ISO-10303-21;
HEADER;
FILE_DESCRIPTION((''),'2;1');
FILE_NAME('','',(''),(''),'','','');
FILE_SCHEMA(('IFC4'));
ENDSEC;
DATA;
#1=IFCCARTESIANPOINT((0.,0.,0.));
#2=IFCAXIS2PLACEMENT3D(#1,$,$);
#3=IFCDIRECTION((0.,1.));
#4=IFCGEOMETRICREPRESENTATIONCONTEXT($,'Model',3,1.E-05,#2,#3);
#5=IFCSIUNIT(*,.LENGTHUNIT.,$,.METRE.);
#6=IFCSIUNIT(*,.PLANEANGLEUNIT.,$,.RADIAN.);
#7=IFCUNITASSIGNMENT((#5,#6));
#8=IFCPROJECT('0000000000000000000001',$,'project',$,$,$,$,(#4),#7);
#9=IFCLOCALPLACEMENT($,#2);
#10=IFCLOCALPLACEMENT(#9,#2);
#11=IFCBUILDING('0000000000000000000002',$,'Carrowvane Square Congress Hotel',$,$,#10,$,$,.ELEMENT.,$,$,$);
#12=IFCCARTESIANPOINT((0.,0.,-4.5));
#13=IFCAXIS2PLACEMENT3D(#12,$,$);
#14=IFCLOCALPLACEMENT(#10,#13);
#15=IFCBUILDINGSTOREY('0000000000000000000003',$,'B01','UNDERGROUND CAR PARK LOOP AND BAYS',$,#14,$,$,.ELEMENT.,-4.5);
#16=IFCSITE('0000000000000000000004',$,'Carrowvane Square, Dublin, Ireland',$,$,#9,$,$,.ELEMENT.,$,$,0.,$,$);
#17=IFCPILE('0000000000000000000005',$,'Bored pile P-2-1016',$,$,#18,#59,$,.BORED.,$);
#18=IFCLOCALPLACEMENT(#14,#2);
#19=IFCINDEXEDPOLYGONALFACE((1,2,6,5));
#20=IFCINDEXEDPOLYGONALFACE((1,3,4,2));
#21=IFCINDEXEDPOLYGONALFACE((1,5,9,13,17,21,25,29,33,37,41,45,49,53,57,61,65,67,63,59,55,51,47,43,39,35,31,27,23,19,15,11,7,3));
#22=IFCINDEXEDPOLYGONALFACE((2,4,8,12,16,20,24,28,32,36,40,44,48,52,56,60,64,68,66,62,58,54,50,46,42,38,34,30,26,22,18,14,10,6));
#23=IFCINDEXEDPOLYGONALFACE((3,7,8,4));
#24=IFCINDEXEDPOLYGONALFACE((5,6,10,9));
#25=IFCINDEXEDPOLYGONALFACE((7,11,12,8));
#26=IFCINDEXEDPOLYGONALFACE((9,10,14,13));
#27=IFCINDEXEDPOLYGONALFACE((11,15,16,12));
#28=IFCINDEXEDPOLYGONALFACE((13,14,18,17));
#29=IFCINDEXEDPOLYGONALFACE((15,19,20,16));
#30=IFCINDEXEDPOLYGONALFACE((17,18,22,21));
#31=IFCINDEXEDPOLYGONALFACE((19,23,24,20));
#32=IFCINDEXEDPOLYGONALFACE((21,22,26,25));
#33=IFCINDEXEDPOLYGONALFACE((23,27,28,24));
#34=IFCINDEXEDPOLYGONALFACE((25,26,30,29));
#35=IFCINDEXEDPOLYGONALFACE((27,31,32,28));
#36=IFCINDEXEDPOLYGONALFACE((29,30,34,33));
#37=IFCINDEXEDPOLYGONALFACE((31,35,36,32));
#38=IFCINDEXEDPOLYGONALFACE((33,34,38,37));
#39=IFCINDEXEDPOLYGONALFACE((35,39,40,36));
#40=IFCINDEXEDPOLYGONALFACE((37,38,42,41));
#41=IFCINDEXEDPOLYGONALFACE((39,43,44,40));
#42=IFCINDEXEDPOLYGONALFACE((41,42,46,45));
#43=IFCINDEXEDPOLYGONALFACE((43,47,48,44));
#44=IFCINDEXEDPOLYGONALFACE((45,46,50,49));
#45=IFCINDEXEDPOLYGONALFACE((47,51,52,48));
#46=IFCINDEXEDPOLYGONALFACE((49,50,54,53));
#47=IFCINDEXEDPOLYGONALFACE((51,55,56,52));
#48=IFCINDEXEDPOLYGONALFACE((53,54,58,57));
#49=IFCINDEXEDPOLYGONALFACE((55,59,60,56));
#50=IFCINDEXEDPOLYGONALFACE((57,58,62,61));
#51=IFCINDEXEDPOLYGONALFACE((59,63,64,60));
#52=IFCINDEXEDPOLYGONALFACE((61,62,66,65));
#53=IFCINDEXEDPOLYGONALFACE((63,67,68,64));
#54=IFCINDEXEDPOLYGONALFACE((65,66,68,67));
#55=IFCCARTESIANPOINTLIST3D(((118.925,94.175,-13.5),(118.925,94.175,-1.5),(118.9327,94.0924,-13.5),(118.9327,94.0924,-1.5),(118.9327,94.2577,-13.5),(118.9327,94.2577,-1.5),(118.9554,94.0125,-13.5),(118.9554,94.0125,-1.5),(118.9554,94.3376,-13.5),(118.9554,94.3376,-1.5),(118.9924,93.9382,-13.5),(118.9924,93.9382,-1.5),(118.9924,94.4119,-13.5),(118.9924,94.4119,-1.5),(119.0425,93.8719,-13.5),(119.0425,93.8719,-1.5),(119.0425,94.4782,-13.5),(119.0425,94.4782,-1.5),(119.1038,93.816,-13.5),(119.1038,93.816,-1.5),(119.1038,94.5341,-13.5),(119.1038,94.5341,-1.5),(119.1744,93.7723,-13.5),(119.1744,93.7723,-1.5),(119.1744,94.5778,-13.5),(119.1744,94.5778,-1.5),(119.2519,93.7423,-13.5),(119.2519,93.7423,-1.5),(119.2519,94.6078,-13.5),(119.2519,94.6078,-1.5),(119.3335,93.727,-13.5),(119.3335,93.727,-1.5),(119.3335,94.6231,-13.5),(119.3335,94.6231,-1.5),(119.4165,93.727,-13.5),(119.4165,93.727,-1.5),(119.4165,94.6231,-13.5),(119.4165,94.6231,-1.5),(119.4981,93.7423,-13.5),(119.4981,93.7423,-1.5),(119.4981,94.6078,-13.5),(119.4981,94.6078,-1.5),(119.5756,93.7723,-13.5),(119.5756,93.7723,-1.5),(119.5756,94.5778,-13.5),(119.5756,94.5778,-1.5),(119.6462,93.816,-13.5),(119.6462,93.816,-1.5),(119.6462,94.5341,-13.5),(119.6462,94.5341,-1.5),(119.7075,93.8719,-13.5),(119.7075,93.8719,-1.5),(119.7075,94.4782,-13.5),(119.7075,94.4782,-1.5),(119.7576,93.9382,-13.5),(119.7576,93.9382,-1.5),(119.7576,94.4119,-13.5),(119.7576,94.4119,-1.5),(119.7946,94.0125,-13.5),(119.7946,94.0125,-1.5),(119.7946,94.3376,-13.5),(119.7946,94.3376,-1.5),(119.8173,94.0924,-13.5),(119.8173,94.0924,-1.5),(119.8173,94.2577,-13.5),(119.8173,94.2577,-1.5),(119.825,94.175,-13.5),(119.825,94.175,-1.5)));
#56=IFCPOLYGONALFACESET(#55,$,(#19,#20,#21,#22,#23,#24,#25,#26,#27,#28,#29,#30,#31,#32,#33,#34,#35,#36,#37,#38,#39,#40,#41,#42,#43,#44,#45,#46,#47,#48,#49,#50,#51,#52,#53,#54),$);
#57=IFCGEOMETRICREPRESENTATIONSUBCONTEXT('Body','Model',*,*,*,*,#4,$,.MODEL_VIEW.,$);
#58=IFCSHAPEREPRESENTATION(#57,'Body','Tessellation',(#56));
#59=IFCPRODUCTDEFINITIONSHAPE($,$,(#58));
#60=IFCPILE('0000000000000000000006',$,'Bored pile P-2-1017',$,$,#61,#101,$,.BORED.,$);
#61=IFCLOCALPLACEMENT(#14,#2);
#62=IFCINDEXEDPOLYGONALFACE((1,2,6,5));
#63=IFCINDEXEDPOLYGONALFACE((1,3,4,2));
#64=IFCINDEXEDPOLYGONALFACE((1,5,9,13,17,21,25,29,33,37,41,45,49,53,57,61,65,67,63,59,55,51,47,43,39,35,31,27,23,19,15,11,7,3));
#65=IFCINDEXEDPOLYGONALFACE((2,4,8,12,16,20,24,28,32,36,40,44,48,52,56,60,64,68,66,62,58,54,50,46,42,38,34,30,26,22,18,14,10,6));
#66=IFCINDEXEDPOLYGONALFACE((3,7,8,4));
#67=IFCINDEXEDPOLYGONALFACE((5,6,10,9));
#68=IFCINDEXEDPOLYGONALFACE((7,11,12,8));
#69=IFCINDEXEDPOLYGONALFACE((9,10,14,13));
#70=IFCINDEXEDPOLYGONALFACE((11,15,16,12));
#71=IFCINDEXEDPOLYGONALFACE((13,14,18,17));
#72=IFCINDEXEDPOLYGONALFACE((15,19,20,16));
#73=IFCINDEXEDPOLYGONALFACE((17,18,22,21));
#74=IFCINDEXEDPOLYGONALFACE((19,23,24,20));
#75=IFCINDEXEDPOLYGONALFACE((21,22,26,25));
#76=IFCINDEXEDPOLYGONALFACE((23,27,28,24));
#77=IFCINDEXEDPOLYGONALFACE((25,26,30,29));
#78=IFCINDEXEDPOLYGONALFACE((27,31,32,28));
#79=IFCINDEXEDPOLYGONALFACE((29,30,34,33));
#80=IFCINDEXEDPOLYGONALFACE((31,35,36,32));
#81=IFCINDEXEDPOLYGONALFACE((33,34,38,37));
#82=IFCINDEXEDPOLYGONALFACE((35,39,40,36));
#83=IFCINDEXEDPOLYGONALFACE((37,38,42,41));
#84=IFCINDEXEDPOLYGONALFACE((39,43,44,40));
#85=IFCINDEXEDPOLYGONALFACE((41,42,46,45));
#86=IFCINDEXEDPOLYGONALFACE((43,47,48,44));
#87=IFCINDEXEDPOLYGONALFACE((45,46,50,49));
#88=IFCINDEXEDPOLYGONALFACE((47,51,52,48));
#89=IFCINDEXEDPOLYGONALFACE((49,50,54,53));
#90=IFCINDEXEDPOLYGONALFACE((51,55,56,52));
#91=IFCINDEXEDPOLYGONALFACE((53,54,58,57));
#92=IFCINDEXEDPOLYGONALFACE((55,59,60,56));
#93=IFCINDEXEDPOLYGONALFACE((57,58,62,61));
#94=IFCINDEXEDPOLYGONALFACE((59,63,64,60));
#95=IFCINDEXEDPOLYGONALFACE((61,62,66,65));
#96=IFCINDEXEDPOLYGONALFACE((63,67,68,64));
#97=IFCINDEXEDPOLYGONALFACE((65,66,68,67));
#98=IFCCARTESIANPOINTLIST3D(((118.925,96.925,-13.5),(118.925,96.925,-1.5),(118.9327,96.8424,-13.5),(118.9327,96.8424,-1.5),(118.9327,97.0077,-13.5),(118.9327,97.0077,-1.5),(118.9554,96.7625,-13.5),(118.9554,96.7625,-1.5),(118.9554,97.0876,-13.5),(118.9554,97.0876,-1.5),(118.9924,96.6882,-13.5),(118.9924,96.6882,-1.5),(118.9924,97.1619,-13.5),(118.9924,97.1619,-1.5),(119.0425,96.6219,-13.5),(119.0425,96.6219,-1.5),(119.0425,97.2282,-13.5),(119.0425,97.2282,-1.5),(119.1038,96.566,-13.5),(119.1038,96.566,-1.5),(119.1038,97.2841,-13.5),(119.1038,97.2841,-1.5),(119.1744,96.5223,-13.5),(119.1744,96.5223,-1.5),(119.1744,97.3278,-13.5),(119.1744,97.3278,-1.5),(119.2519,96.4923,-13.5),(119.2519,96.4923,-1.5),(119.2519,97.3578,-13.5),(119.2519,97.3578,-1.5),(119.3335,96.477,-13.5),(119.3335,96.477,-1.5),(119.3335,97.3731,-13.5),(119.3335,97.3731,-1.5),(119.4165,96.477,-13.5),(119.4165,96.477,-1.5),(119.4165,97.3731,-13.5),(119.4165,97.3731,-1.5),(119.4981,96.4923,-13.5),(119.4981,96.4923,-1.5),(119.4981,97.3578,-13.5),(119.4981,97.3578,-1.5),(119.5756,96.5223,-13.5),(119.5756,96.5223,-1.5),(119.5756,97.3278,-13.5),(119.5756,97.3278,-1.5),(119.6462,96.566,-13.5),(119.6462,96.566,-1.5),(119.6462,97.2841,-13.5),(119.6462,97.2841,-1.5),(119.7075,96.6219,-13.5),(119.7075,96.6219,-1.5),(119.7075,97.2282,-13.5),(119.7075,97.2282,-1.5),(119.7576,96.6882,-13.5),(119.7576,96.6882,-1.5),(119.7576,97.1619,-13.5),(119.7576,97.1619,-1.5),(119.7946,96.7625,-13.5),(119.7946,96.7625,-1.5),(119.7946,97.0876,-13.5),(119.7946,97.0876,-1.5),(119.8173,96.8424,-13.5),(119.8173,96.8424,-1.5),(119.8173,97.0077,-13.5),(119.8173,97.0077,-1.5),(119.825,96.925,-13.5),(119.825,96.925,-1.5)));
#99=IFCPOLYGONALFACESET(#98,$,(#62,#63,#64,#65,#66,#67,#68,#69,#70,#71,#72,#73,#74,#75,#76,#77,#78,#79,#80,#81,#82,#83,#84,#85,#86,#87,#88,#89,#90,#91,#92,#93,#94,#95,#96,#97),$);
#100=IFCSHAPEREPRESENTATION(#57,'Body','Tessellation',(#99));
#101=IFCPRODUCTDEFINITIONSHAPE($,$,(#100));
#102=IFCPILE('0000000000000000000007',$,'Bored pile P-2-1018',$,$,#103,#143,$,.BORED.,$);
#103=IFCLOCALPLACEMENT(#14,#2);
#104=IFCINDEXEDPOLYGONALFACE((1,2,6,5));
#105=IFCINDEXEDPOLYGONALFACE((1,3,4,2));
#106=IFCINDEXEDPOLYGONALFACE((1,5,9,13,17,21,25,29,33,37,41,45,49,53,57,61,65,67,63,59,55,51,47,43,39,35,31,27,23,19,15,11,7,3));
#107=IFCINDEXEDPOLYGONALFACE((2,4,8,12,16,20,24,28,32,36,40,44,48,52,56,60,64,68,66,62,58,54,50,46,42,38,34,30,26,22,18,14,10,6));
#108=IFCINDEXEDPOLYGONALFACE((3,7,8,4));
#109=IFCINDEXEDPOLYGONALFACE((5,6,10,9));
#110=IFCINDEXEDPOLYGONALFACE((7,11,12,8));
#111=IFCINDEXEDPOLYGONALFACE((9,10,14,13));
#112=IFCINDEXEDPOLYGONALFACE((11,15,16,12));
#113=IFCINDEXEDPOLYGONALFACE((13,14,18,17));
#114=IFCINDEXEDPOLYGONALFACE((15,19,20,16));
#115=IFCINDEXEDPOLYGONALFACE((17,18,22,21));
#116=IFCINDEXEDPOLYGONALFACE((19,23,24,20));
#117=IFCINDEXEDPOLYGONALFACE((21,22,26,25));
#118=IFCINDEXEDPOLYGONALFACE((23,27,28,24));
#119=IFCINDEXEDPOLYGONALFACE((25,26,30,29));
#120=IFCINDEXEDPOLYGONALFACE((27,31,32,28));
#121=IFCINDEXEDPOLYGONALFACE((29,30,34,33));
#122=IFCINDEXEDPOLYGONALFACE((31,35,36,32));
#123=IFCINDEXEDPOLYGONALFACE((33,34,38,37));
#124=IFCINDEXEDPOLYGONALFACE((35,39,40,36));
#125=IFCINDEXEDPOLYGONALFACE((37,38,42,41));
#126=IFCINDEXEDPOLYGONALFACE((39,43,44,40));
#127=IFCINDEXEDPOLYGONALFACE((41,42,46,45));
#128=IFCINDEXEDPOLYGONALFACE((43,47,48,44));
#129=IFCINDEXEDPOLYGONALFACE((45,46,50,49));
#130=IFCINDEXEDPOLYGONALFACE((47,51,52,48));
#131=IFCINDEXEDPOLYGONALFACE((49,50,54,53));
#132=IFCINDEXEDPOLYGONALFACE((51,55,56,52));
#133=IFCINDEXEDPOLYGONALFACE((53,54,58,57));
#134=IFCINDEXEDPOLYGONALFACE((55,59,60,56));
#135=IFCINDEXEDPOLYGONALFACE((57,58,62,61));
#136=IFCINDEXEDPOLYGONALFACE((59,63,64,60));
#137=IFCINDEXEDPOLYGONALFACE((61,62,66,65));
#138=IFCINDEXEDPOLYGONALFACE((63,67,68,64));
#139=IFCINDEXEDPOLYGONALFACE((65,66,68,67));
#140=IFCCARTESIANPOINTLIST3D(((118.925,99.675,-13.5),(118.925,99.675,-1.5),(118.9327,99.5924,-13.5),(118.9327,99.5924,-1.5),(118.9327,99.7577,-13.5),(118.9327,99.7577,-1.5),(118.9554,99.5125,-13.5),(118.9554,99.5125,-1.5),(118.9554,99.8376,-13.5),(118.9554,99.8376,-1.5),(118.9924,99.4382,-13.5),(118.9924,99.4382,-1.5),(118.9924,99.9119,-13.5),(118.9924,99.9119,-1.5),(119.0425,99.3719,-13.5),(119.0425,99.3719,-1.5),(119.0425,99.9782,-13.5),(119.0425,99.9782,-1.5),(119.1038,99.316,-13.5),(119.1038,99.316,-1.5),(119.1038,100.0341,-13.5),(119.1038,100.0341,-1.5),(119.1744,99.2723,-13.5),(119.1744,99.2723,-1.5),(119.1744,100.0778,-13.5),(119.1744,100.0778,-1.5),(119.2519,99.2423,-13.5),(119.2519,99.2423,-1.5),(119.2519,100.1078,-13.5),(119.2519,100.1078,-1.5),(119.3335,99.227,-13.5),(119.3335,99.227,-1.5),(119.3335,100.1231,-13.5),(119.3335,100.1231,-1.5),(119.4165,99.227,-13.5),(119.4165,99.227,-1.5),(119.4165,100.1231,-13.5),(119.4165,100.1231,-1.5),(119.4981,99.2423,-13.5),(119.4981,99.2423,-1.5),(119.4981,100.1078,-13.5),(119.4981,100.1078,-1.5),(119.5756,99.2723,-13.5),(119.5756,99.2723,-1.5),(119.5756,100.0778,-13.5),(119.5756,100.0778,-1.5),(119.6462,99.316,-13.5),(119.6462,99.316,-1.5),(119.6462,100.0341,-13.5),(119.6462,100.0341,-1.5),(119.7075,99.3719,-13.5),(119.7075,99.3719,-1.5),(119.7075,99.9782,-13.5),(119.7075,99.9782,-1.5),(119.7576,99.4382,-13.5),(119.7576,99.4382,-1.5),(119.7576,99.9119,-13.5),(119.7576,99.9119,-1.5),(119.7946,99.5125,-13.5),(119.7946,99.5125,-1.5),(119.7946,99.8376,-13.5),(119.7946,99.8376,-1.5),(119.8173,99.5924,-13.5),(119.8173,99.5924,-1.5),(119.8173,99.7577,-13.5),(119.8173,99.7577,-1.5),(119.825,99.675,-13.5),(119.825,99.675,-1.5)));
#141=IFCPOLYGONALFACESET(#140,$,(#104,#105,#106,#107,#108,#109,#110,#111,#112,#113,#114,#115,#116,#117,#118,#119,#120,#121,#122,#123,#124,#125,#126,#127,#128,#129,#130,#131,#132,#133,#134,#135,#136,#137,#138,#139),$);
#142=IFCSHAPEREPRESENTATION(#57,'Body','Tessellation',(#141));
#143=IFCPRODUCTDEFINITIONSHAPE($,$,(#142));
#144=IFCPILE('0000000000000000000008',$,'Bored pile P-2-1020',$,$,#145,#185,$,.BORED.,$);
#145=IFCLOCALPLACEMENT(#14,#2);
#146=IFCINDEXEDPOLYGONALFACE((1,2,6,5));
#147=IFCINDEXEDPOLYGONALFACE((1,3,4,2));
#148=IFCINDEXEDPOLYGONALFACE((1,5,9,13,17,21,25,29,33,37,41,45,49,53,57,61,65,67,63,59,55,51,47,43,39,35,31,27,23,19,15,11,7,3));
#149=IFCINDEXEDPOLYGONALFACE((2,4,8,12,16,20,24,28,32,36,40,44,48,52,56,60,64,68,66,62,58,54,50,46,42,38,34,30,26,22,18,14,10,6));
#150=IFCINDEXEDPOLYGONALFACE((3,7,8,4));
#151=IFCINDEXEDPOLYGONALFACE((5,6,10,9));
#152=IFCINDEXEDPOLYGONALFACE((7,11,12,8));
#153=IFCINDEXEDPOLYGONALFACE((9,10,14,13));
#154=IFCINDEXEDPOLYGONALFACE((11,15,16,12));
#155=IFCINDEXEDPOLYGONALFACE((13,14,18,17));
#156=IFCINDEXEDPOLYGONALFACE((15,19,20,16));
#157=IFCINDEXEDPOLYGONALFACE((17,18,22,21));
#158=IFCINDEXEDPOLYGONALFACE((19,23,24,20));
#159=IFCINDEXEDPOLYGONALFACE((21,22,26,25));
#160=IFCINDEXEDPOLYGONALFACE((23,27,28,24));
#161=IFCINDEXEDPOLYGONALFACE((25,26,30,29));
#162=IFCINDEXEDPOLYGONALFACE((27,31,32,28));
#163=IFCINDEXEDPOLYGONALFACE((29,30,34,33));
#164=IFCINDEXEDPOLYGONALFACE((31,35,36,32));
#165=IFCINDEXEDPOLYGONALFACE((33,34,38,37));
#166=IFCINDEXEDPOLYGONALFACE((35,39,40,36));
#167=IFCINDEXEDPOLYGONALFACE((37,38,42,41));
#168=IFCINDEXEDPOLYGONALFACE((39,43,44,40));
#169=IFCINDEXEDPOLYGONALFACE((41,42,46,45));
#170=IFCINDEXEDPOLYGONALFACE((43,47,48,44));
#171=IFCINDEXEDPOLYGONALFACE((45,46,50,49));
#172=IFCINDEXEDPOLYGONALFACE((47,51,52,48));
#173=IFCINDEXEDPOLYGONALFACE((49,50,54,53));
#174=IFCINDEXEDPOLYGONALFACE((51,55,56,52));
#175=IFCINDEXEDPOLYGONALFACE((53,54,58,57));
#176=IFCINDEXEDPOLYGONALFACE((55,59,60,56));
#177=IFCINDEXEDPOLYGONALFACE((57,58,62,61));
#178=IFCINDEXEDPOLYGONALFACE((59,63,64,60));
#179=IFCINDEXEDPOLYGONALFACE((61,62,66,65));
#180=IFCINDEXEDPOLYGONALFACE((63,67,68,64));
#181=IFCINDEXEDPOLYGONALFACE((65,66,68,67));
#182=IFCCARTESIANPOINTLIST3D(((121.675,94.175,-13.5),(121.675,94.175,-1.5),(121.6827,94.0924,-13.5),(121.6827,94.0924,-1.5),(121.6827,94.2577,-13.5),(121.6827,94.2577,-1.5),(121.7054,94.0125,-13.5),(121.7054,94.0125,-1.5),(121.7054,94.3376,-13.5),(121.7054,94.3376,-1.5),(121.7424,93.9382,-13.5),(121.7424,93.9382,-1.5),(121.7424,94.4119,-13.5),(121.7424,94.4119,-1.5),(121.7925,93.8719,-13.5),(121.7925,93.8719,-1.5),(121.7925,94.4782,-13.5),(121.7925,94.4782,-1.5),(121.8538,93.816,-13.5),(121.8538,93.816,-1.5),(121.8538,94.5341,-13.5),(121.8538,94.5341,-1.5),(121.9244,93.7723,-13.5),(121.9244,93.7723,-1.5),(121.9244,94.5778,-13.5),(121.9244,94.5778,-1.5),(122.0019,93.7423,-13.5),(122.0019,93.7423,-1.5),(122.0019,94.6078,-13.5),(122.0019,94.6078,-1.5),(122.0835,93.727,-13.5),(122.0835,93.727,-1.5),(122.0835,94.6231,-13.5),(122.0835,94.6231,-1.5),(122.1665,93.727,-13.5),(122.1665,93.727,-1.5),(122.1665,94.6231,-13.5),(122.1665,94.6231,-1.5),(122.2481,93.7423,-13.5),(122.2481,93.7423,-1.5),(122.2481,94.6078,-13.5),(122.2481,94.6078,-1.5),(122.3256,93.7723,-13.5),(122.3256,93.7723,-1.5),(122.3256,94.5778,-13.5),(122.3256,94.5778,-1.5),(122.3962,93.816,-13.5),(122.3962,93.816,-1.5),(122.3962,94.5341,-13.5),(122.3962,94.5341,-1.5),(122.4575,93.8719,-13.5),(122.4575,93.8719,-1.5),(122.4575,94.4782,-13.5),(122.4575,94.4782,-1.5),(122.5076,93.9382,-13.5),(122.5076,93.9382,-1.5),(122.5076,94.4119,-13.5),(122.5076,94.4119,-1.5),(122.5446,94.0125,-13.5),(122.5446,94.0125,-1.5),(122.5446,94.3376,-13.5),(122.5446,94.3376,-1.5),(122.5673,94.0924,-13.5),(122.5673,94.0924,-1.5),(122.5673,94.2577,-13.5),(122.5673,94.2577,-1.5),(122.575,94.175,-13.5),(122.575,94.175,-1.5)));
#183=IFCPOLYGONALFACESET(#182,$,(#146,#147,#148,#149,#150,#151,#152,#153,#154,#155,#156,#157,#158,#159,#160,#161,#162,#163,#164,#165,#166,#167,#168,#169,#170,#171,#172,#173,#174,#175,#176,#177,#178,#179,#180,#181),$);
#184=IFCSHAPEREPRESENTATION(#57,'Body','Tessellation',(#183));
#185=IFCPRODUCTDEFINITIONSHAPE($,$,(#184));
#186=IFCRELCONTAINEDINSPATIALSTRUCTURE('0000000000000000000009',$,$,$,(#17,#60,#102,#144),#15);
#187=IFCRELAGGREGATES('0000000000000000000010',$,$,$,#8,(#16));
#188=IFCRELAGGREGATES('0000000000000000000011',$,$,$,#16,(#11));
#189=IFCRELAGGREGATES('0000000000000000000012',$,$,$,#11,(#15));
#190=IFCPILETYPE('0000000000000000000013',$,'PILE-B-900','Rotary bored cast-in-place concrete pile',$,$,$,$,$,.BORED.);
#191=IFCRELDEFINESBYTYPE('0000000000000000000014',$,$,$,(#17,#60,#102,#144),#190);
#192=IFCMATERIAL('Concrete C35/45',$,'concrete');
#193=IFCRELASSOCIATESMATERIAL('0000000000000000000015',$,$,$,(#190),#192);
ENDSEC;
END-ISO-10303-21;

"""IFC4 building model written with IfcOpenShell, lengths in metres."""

from ifc_helpers import new_model, si_unit, direction, frame, origin, origin_2d, place, context, subcontext, project, spatial, circle, extrude, material, material_profile, profile_set, type_object, element, save


model = new_model("IFC4")

# Units and contexts
model_context = context("Model", 3, precision=1e-05, world=origin(), true_north=direction((0.0, 1.0)))
body_context = subcontext(model_context, "Body", "Model", "MODEL_VIEW")
ifc_project = project(units=[si_unit("LENGTHUNIT", "METRE"), si_unit("PLANEANGLEUNIT", "RADIAN")], contexts=[model_context])

# Site, building, storey
site_placement = place(None, origin())
site = spatial("IfcSite", under=ifc_project, at=site_placement, Name="Carrowvane Square, Dublin, Ireland", CompositionType="ELEMENT", RefElevation=0.0)
building_placement = place(site_placement, origin())
building = spatial("IfcBuilding", under=site, at=building_placement, Name="Carrowvane Square Congress Hotel", CompositionType="ELEMENT")
storey_placement = place(building_placement, frame((0.0, 0.0, -4.5)))
storey = spatial("IfcBuildingStorey", under=building, at=storey_placement, Name="B01", Description="UNDERGROUND CAR PARK LOOP AND BAYS", CompositionType="ELEMENT", Elevation=-4.5)

# Piles
ifc_material_1 = material(Name="Concrete C35/45", Category="concrete")
ifc_material_profile_1 = material_profile(ifc_material_1, circle(Radius=0.45, at=origin_2d()), Name="PILE D900")
ifc_profile_set_1 = profile_set([ifc_material_profile_1], Name="Concrete C35/45")
pile_type_1 = type_object("IfcPileType", Name="PILE-B-900", Description="Rotary bored cast-in-place concrete pile", PredefinedType="BORED", material=ifc_profile_set_1)
for number, where, z_axis, x_axis, name in (
    (1, (119.375, 94.175, -1.5), (0.0, 0.0, -1.0), (1.0, 0.0, 0.0), "Bored pile P-2-1016"),
    (2, (119.375, 96.925, -1.5), (0.0, 0.0, -1.0), (1.0, 0.0, 0.0), "Bored pile P-2-1017"),
    (3, (119.375, 99.675, -1.5), (0.0, 0.0, -1.0), (1.0, 0.0, 0.0), "Bored pile P-2-1018"),
    (4, (122.125, 94.175, -1.5), (0.0, 0.0, -1.0), (1.0, 0.0, 0.0), "Bored pile P-2-1020"),
):
    element("IfcPile", number, at=place(storey_placement, frame(where, z_axis=z_axis, x_axis=x_axis)), inside=storey, type_object=pile_type_1, Name=name, PredefinedType="BORED", context=body_context, shape_type="SweptSolid", body=[
        extrude(circle(Radius=0.45, at=origin_2d()), origin(), (0.0, 0.0, 1.0), 12.0),
    ])

save(model, "model.ifc")
